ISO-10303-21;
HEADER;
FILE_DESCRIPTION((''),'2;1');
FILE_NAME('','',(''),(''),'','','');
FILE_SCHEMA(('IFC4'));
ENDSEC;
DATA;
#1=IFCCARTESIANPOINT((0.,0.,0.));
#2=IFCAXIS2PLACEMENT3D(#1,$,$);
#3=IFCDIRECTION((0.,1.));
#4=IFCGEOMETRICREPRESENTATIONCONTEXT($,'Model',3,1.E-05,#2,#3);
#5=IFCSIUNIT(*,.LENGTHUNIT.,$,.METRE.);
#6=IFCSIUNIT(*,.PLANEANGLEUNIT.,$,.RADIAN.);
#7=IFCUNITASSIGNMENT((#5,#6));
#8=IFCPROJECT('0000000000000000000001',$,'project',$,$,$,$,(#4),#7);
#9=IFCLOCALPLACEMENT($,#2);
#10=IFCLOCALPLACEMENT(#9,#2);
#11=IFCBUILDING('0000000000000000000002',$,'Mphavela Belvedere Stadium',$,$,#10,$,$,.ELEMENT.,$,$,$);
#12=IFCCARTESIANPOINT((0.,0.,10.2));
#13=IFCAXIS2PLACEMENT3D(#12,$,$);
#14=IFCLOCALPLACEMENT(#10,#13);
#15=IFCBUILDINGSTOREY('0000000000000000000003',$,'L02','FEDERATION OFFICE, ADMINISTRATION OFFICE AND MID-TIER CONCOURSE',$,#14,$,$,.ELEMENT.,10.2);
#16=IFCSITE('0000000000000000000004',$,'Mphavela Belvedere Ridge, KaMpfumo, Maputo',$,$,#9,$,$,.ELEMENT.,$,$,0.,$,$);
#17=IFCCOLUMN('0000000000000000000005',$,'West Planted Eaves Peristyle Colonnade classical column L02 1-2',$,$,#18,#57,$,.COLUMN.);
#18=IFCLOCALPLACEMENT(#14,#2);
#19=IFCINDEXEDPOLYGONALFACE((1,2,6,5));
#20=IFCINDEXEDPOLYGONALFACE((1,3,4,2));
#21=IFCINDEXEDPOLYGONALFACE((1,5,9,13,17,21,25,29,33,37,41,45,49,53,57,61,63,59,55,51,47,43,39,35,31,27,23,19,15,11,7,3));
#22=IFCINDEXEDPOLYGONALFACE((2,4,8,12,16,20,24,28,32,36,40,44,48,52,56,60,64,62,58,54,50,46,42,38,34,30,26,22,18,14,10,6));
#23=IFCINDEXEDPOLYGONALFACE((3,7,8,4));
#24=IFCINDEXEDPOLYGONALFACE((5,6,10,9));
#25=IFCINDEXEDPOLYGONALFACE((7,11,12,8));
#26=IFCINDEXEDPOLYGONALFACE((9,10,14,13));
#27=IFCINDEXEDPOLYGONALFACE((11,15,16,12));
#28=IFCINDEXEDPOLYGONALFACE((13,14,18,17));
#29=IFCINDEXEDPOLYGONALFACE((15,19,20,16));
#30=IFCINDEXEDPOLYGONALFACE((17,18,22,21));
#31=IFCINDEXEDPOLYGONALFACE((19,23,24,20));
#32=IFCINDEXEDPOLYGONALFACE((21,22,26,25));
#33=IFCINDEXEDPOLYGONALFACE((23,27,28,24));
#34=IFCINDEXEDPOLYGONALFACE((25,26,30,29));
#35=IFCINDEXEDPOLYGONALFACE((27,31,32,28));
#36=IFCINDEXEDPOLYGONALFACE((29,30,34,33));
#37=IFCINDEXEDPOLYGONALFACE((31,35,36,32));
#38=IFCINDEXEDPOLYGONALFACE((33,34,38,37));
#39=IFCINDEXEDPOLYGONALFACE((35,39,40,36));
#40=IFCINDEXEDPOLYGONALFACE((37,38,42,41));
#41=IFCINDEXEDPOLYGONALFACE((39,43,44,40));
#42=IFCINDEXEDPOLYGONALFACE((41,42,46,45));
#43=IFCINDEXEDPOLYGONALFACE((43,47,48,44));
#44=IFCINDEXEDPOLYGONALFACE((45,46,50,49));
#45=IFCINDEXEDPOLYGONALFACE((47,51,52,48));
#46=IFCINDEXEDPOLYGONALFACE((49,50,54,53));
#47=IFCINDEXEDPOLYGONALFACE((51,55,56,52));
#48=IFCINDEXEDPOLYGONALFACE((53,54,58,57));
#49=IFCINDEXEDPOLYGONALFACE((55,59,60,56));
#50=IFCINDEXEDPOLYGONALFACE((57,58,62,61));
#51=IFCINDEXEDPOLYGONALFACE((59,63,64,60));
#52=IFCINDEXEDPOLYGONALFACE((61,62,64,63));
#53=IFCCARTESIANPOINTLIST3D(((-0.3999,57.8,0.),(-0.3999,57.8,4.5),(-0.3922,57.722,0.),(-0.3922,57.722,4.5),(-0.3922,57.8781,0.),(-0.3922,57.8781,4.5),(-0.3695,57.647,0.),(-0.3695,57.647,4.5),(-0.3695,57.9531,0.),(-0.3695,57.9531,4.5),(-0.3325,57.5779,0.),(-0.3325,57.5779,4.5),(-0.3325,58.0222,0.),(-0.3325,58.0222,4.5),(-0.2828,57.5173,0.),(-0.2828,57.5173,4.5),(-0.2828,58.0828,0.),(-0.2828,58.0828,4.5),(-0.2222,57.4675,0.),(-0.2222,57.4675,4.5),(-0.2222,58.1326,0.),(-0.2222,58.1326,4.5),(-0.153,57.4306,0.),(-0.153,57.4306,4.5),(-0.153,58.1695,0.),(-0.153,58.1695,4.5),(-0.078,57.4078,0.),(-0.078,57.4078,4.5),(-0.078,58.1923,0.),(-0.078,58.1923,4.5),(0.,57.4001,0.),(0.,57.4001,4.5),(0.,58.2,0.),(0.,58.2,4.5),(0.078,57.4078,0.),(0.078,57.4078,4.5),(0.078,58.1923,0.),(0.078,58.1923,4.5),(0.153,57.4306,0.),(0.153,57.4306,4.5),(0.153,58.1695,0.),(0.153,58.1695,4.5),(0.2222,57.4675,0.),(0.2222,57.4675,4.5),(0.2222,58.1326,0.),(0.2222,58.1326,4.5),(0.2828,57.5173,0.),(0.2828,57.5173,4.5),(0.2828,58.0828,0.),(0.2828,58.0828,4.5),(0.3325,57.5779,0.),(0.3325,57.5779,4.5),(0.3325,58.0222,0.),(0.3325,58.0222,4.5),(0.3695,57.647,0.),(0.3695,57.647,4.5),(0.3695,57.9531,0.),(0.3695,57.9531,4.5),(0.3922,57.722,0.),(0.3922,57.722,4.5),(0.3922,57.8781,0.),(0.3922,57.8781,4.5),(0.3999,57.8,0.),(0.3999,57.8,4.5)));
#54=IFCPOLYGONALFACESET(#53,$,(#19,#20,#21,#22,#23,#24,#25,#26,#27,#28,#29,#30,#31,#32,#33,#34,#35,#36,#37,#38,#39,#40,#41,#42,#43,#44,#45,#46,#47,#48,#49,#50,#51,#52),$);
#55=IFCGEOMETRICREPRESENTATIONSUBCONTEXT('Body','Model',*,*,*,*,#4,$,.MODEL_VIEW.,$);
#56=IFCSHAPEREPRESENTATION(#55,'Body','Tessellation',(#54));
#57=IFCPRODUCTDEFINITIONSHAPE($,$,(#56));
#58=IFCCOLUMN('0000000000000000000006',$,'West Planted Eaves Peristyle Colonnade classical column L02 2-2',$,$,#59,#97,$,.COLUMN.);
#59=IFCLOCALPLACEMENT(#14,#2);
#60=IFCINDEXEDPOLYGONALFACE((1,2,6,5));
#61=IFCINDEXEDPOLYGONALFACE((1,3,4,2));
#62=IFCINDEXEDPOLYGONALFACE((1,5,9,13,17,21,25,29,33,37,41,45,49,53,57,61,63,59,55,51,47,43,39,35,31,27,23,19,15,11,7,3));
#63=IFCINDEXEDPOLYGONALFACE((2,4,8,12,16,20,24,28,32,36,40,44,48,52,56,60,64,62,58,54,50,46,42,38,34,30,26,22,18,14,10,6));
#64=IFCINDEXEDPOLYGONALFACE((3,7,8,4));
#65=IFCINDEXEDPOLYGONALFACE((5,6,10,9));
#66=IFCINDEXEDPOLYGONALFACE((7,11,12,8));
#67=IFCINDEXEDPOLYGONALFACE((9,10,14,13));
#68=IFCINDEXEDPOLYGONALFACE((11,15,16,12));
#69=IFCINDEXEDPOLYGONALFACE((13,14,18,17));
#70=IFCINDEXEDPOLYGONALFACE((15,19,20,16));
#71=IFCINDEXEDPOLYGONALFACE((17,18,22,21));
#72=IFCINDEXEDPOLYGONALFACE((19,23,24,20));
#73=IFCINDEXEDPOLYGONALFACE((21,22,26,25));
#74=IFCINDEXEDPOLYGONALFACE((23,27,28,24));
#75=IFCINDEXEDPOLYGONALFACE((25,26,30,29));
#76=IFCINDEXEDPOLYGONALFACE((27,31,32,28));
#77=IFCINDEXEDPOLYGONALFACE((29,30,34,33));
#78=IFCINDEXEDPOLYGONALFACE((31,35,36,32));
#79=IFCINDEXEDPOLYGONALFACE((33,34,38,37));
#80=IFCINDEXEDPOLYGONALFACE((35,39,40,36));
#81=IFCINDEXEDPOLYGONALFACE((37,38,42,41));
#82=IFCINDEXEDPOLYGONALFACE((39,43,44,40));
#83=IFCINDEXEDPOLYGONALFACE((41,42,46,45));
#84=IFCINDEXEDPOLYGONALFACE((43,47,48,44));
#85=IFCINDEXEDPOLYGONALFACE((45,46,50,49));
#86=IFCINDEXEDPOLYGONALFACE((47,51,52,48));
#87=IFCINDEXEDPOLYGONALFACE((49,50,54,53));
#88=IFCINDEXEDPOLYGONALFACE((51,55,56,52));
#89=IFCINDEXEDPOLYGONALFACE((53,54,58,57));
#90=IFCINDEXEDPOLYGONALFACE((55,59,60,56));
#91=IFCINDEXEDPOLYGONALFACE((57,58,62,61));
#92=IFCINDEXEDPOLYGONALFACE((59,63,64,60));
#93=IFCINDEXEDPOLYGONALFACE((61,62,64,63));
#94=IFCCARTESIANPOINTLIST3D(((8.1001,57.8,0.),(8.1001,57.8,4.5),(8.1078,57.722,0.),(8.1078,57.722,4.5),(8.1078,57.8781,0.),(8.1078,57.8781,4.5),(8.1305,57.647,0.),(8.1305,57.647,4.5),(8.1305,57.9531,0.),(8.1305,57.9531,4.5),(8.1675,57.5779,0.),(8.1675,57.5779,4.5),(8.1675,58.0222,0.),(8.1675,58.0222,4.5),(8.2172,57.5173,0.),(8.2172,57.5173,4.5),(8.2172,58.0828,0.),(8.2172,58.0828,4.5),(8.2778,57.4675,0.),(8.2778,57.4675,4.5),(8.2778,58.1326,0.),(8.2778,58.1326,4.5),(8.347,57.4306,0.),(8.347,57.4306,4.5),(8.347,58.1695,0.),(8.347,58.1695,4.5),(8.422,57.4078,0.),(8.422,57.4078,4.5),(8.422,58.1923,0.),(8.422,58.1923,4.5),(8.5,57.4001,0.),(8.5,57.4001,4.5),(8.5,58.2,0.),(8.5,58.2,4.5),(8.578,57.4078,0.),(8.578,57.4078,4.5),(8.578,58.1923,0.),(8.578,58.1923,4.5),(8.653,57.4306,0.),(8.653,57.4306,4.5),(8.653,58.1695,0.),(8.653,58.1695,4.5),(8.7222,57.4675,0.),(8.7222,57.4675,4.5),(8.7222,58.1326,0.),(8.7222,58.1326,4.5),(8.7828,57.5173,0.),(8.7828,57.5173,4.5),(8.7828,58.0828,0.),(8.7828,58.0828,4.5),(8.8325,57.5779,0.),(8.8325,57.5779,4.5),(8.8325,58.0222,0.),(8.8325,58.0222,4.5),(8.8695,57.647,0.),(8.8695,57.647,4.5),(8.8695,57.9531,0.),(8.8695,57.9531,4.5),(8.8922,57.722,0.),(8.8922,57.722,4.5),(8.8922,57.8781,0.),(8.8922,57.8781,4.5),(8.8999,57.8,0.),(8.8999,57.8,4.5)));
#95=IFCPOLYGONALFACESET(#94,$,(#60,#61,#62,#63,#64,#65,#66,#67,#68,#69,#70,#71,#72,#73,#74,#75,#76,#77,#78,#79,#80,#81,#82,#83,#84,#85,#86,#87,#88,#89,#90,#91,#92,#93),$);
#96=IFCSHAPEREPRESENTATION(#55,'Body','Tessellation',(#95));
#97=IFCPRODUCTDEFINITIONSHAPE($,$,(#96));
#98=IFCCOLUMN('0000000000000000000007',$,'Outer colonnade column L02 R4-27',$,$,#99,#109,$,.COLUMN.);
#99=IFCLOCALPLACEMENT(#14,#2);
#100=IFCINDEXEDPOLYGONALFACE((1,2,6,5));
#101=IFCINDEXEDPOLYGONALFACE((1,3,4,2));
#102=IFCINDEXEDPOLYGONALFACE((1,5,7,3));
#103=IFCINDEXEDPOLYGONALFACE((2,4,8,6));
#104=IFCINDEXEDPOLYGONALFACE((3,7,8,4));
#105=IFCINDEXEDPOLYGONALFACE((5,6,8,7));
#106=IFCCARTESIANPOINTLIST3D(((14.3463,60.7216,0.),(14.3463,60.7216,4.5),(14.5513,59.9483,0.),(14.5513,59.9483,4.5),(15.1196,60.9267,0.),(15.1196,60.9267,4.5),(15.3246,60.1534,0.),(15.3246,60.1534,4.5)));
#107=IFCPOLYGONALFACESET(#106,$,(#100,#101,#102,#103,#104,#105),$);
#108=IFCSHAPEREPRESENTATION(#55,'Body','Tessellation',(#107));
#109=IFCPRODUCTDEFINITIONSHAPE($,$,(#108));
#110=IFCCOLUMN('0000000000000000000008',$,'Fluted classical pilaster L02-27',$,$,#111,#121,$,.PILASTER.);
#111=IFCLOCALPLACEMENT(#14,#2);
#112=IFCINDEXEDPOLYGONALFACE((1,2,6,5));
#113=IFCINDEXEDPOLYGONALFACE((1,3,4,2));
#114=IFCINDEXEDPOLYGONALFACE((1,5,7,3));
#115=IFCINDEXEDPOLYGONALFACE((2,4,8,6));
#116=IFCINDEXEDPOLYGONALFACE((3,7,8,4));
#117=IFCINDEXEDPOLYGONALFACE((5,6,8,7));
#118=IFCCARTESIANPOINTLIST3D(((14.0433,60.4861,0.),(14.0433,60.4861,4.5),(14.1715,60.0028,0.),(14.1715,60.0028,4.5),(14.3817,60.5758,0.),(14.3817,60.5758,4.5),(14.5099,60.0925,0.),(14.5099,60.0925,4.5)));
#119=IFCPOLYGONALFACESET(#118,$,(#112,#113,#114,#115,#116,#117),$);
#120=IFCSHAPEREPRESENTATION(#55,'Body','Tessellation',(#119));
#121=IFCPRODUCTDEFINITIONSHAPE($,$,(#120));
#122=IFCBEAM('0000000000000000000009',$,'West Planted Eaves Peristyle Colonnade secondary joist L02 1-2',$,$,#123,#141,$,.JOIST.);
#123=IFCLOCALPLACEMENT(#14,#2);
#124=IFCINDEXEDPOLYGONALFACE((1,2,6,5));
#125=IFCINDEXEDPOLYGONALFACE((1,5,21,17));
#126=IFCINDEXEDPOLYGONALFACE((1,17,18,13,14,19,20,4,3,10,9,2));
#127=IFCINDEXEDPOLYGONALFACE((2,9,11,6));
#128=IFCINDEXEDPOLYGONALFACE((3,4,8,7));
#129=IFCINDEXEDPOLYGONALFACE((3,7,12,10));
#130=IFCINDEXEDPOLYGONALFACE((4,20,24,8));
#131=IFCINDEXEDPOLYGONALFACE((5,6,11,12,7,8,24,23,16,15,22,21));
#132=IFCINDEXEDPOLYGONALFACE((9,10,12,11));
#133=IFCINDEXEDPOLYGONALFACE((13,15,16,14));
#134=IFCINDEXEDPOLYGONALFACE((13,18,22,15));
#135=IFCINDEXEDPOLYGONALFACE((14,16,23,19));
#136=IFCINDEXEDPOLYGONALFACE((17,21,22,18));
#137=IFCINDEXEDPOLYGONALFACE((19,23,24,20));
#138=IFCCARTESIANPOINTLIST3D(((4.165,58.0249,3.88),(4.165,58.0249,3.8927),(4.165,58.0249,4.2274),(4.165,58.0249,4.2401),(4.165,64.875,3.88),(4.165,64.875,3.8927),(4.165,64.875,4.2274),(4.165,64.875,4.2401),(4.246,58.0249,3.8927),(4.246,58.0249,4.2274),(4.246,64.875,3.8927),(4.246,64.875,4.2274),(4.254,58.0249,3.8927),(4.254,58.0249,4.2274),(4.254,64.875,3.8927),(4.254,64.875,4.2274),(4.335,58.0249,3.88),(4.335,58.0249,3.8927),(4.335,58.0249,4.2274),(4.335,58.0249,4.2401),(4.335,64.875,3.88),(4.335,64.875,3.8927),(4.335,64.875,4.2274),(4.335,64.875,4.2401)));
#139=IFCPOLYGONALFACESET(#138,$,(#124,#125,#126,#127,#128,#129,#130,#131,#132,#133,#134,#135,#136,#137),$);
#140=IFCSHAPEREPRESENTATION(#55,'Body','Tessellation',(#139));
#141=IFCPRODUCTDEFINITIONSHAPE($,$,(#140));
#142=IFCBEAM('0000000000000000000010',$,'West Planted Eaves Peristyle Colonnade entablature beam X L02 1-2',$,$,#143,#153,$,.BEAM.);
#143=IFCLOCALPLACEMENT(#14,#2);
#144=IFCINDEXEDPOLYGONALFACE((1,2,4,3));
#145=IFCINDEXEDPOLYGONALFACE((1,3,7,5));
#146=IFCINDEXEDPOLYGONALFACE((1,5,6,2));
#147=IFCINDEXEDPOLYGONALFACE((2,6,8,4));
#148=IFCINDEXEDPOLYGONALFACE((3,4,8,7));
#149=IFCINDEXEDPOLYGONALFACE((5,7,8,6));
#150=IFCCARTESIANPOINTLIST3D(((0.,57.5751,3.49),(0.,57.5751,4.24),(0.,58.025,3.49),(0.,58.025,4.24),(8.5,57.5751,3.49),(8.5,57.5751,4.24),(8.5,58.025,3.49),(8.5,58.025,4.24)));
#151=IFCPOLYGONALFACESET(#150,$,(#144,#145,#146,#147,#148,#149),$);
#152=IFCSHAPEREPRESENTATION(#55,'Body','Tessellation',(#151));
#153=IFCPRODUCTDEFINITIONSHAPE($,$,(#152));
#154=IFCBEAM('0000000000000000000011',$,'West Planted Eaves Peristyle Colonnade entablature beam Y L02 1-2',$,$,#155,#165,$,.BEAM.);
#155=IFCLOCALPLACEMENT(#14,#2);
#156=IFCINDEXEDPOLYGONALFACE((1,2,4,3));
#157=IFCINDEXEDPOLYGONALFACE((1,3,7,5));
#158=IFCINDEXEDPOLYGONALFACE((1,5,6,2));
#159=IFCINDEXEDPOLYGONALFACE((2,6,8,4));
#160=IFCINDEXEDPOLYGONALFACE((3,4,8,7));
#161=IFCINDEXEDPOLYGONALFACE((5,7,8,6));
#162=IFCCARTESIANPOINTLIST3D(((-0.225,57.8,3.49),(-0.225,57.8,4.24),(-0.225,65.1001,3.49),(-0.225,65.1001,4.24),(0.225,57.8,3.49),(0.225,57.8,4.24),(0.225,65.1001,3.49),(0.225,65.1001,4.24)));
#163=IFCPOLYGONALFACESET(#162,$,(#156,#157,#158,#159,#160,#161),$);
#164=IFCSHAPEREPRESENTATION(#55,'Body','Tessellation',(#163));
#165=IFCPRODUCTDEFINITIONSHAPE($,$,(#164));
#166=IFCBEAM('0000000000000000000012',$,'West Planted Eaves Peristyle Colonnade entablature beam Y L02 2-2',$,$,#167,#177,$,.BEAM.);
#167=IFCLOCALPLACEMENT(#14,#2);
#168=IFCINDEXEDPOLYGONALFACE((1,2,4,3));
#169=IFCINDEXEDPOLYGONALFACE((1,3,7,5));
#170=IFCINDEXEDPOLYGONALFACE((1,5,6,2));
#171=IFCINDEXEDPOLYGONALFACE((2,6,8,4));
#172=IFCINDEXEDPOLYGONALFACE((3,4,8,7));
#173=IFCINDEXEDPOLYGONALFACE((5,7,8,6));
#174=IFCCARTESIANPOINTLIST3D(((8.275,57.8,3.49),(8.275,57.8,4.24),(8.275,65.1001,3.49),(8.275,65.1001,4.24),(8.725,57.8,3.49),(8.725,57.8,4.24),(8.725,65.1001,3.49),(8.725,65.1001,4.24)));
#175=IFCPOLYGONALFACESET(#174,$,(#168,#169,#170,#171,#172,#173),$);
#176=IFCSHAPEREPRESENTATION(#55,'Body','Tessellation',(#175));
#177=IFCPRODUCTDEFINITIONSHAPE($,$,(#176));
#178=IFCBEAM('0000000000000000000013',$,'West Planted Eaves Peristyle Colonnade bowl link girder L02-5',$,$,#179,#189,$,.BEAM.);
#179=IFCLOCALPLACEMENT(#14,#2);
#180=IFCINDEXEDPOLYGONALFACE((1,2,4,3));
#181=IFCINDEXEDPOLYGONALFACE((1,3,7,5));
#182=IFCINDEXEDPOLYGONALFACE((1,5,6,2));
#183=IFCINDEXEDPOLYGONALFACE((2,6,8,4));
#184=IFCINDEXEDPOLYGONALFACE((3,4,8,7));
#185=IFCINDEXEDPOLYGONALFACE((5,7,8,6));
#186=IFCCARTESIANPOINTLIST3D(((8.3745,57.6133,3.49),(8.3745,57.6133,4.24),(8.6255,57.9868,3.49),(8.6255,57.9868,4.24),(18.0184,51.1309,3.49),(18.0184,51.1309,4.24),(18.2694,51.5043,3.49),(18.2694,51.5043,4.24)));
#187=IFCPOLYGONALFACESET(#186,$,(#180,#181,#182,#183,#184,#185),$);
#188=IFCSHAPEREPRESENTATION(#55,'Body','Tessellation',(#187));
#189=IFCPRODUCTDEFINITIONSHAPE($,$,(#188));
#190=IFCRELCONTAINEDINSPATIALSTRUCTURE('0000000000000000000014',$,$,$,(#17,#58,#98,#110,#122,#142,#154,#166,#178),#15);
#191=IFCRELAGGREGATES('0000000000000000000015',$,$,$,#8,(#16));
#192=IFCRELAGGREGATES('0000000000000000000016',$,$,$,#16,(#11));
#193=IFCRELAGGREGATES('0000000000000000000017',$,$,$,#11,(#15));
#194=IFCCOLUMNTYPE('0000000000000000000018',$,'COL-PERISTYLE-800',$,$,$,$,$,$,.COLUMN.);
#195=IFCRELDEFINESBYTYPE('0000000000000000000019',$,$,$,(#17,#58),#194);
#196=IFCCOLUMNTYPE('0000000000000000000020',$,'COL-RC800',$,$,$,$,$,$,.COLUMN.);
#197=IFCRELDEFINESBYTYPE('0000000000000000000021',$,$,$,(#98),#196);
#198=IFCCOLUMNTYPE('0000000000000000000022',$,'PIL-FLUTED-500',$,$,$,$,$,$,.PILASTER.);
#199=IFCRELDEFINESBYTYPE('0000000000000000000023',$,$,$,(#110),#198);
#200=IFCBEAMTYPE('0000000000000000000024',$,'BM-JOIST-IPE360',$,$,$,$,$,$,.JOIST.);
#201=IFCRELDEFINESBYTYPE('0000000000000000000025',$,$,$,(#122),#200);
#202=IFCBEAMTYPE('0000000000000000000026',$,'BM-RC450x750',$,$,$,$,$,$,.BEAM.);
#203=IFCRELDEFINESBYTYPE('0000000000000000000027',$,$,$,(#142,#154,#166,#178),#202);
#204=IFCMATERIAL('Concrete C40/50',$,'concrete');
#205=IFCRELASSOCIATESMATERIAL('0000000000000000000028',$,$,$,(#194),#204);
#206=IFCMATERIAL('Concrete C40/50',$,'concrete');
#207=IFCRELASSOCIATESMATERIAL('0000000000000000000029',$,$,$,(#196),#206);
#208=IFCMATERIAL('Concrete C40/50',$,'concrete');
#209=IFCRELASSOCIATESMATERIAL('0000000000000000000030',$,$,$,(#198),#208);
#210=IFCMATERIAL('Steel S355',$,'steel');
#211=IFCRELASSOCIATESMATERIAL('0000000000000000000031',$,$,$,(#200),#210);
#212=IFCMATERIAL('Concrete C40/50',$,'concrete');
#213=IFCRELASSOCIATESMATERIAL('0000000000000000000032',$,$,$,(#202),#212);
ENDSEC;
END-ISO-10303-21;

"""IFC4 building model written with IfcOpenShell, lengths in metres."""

from ifc_helpers import new_model, si_unit, direction, frame, origin, origin_2d, place, context, subcontext, project, spatial, rectangle, circle, i_section, extrude, material, material_profile, profile_set, type_object, element, save


model = new_model("IFC4")

# Units and contexts
model_context = context("Model", 3, precision=1e-05, world=origin(), true_north=direction((0.0, 1.0)))
body_context = subcontext(model_context, "Body", "Model", "MODEL_VIEW")
ifc_project = project(units=[si_unit("LENGTHUNIT", "METRE"), si_unit("PLANEANGLEUNIT", "RADIAN")], contexts=[model_context])

# Site, building, storey
site_placement = place(None, origin())
site = spatial("IfcSite", under=ifc_project, at=site_placement, Name="Mphavela Belvedere Ridge, KaMpfumo, Maputo", CompositionType="ELEMENT", RefElevation=0.0)
building_placement = place(site_placement, origin())
building = spatial("IfcBuilding", under=site, at=building_placement, Name="Mphavela Belvedere Stadium", CompositionType="ELEMENT")
storey_placement = place(building_placement, frame((0.0, 0.0, 10.2)))
storey = spatial("IfcBuildingStorey", under=building, at=storey_placement, Name="L02", Description="FEDERATION OFFICE, ADMINISTRATION OFFICE AND MID-TIER CONCOURSE", CompositionType="ELEMENT", Elevation=10.2)

# Columns
ifc_material_1 = material(Name="Concrete C40/50", Category="concrete")
ifc_material_profile_1 = material_profile(ifc_material_1, circle(Radius=0.3999, at=origin_2d()), Name="COL D800")
ifc_profile_set_1 = profile_set([ifc_material_profile_1], Name="Concrete C40/50")
column_type_1 = type_object("IfcColumnType", Name="COL-PERISTYLE-800", PredefinedType="COLUMN", material=ifc_profile_set_1)
for number, where, z_axis, x_axis, name in (
    (1, (0.0, 57.8, 0.0), (0.0, 0.0, 1.0), (1.0, 0.0, 0.0), "West Planted Eaves Peristyle Colonnade classical column L02 1-2"),
    (2, (8.5, 57.8, 0.0), (0.0, 0.0, 1.0), (1.0, 0.0, 0.0), "West Planted Eaves Peristyle Colonnade classical column L02 2-2"),
):
    element("IfcColumn", number, at=place(storey_placement, frame(where, z_axis=z_axis, x_axis=x_axis)), inside=storey, type_object=column_type_1, Name=name, PredefinedType="COLUMN", context=body_context, shape_type="SweptSolid", body=[
        extrude(circle(Radius=0.3999, at=origin_2d()), origin(), (0.0, 0.0, 1.0), 4.5),
    ])
ifc_material_2 = material(Name="Concrete C40/50", Category="concrete")
ifc_material_profile_2 = material_profile(ifc_material_2, rectangle(XDim=0.8, YDim=0.8, at=origin_2d()), Name="RC 800x800")
ifc_profile_set_2 = profile_set([ifc_material_profile_2], Name="Concrete C40/50")
column_type_2 = type_object("IfcColumnType", Name="COL-RC800", PredefinedType="COLUMN", material=ifc_profile_set_2)
column_1_placement = place(storey_placement, frame((14.8354, 60.4375, 0.0), z_axis=(0.0, 0.0, 1.0), x_axis=(-0.9666, -0.256289, 0.0)))
element("IfcColumn", 3, at=column_1_placement, inside=storey, type_object=column_type_2, Name="Outer colonnade column L02 R4-27", PredefinedType="COLUMN", context=body_context, shape_type="SweptSolid", body=[
    extrude(rectangle(XDim=0.8, YDim=0.8, at=origin_2d()), origin(), (0.0, 0.0, 1.0), 4.5),
])
ifc_material_3 = material(Name="Concrete C40/50", Category="concrete")
ifc_material_profile_3 = material_profile(ifc_material_3, rectangle(XDim=0.5, YDim=0.3501, at=origin_2d()), Name="PIL 500x350")
ifc_profile_set_3 = profile_set([ifc_material_profile_3], Name="Concrete C40/50")
column_type_3 = type_object("IfcColumnType", Name="PIL-FLUTED-500", PredefinedType="PILASTER", material=ifc_profile_set_3)
column_2_placement = place(storey_placement, frame((14.2766, 60.2893, 0.0), z_axis=(0.0, 0.0, 1.0), x_axis=(0.256289, -0.9666, 0.0)))
element("IfcColumn", 4, at=column_2_placement, inside=storey, type_object=column_type_3, Name="Fluted classical pilaster L02-27", PredefinedType="PILASTER", context=body_context, shape_type="SweptSolid", body=[
    extrude(rectangle(XDim=0.5, YDim=0.3501, at=origin_2d()), origin(), (0.0, 0.0, 1.0), 4.5),
])

# Beams
ifc_material_4 = material(Name="Steel S355", Category="steel")
ifc_material_profile_4 = material_profile(ifc_material_4, i_section(OverallWidth=0.1699, OverallDepth=0.3601, WebThickness=0.0081, FlangeThickness=0.0127, at=origin_2d()), Name="IPE 360")
ifc_profile_set_4 = profile_set([ifc_material_profile_4], Name="Steel S355")
beam_type_1 = type_object("IfcBeamType", Name="BM-JOIST-IPE360", PredefinedType="JOIST", material=ifc_profile_set_4)
beam_1_placement = place(storey_placement, frame((4.25, 58.0249, 4.0601), z_axis=(0.0, 1.0, 0.0), x_axis=(-1.0, 0.0, 0.0)))
element("IfcBeam", 5, at=beam_1_placement, inside=storey, type_object=beam_type_1, Name="West Planted Eaves Peristyle Colonnade secondary joist L02 1-2", PredefinedType="JOIST", context=body_context, shape_type="SweptSolid", body=[
    extrude(i_section(OverallWidth=0.1699, OverallDepth=0.3601, WebThickness=0.0081, FlangeThickness=0.0127, at=origin_2d()), origin(), (0.0, 0.0, 1.0), 6.8501),
])
ifc_material_5 = material(Name="Concrete C40/50", Category="concrete")
ifc_material_profile_5 = material_profile(ifc_material_5, rectangle(XDim=0.45, YDim=0.75, at=origin_2d()), Name="RC 450x750")
ifc_profile_set_5 = profile_set([ifc_material_profile_5], Name="Concrete C40/50")
beam_type_2 = type_object("IfcBeamType", Name="BM-RC450x750", PredefinedType="BEAM", material=ifc_profile_set_5)
beam_2_placement = place(storey_placement, frame((0.0, 57.8, 3.865), z_axis=(1.0, 0.0, 0.0), x_axis=(0.0, 1.0, 0.0)))
element("IfcBeam", 6, at=beam_2_placement, inside=storey, type_object=beam_type_2, Name="West Planted Eaves Peristyle Colonnade entablature beam X L02 1-2", PredefinedType="BEAM", context=body_context, shape_type="SweptSolid", body=[
    extrude(rectangle(XDim=0.45, YDim=0.75, at=origin_2d()), origin(), (0.0, 0.0, 1.0), 8.5),
])
for number, where, z_axis, x_axis, name in (
    (7, (0.0, 57.8, 3.865), (0.0, 1.0, 0.0), (-1.0, 0.0, 0.0), "West Planted Eaves Peristyle Colonnade entablature beam Y L02 1-2"),
    (8, (8.5, 57.8, 3.865), (0.0, 1.0, 0.0), (-1.0, 0.0, 0.0), "West Planted Eaves Peristyle Colonnade entablature beam Y L02 2-2"),
):
    element("IfcBeam", number, at=place(storey_placement, frame(where, z_axis=z_axis, x_axis=x_axis)), inside=storey, type_object=beam_type_2, Name=name, PredefinedType="BEAM", context=body_context, shape_type="SweptSolid", body=[
        extrude(rectangle(XDim=0.45, YDim=0.75, at=origin_2d()), origin(), (0.0, 0.0, 1.0), 7.3),
    ])
beam_3_placement = place(storey_placement, frame((8.5, 57.8, 3.865), z_axis=(0.82993, -0.557867, 0.0), x_axis=(0.557867, 0.82993, 0.0)))
element("IfcBeam", 9, at=beam_3_placement, inside=storey, type_object=beam_type_2, Name="West Planted Eaves Peristyle Colonnade bowl link girder L02-5", PredefinedType="BEAM", context=body_context, shape_type="SweptSolid", body=[
    extrude(rectangle(XDim=0.45, YDim=0.75, at=origin_2d()), origin(), (0.0, 0.0, 1.0), 11.6201),
])

save(model, "model.ifc")
